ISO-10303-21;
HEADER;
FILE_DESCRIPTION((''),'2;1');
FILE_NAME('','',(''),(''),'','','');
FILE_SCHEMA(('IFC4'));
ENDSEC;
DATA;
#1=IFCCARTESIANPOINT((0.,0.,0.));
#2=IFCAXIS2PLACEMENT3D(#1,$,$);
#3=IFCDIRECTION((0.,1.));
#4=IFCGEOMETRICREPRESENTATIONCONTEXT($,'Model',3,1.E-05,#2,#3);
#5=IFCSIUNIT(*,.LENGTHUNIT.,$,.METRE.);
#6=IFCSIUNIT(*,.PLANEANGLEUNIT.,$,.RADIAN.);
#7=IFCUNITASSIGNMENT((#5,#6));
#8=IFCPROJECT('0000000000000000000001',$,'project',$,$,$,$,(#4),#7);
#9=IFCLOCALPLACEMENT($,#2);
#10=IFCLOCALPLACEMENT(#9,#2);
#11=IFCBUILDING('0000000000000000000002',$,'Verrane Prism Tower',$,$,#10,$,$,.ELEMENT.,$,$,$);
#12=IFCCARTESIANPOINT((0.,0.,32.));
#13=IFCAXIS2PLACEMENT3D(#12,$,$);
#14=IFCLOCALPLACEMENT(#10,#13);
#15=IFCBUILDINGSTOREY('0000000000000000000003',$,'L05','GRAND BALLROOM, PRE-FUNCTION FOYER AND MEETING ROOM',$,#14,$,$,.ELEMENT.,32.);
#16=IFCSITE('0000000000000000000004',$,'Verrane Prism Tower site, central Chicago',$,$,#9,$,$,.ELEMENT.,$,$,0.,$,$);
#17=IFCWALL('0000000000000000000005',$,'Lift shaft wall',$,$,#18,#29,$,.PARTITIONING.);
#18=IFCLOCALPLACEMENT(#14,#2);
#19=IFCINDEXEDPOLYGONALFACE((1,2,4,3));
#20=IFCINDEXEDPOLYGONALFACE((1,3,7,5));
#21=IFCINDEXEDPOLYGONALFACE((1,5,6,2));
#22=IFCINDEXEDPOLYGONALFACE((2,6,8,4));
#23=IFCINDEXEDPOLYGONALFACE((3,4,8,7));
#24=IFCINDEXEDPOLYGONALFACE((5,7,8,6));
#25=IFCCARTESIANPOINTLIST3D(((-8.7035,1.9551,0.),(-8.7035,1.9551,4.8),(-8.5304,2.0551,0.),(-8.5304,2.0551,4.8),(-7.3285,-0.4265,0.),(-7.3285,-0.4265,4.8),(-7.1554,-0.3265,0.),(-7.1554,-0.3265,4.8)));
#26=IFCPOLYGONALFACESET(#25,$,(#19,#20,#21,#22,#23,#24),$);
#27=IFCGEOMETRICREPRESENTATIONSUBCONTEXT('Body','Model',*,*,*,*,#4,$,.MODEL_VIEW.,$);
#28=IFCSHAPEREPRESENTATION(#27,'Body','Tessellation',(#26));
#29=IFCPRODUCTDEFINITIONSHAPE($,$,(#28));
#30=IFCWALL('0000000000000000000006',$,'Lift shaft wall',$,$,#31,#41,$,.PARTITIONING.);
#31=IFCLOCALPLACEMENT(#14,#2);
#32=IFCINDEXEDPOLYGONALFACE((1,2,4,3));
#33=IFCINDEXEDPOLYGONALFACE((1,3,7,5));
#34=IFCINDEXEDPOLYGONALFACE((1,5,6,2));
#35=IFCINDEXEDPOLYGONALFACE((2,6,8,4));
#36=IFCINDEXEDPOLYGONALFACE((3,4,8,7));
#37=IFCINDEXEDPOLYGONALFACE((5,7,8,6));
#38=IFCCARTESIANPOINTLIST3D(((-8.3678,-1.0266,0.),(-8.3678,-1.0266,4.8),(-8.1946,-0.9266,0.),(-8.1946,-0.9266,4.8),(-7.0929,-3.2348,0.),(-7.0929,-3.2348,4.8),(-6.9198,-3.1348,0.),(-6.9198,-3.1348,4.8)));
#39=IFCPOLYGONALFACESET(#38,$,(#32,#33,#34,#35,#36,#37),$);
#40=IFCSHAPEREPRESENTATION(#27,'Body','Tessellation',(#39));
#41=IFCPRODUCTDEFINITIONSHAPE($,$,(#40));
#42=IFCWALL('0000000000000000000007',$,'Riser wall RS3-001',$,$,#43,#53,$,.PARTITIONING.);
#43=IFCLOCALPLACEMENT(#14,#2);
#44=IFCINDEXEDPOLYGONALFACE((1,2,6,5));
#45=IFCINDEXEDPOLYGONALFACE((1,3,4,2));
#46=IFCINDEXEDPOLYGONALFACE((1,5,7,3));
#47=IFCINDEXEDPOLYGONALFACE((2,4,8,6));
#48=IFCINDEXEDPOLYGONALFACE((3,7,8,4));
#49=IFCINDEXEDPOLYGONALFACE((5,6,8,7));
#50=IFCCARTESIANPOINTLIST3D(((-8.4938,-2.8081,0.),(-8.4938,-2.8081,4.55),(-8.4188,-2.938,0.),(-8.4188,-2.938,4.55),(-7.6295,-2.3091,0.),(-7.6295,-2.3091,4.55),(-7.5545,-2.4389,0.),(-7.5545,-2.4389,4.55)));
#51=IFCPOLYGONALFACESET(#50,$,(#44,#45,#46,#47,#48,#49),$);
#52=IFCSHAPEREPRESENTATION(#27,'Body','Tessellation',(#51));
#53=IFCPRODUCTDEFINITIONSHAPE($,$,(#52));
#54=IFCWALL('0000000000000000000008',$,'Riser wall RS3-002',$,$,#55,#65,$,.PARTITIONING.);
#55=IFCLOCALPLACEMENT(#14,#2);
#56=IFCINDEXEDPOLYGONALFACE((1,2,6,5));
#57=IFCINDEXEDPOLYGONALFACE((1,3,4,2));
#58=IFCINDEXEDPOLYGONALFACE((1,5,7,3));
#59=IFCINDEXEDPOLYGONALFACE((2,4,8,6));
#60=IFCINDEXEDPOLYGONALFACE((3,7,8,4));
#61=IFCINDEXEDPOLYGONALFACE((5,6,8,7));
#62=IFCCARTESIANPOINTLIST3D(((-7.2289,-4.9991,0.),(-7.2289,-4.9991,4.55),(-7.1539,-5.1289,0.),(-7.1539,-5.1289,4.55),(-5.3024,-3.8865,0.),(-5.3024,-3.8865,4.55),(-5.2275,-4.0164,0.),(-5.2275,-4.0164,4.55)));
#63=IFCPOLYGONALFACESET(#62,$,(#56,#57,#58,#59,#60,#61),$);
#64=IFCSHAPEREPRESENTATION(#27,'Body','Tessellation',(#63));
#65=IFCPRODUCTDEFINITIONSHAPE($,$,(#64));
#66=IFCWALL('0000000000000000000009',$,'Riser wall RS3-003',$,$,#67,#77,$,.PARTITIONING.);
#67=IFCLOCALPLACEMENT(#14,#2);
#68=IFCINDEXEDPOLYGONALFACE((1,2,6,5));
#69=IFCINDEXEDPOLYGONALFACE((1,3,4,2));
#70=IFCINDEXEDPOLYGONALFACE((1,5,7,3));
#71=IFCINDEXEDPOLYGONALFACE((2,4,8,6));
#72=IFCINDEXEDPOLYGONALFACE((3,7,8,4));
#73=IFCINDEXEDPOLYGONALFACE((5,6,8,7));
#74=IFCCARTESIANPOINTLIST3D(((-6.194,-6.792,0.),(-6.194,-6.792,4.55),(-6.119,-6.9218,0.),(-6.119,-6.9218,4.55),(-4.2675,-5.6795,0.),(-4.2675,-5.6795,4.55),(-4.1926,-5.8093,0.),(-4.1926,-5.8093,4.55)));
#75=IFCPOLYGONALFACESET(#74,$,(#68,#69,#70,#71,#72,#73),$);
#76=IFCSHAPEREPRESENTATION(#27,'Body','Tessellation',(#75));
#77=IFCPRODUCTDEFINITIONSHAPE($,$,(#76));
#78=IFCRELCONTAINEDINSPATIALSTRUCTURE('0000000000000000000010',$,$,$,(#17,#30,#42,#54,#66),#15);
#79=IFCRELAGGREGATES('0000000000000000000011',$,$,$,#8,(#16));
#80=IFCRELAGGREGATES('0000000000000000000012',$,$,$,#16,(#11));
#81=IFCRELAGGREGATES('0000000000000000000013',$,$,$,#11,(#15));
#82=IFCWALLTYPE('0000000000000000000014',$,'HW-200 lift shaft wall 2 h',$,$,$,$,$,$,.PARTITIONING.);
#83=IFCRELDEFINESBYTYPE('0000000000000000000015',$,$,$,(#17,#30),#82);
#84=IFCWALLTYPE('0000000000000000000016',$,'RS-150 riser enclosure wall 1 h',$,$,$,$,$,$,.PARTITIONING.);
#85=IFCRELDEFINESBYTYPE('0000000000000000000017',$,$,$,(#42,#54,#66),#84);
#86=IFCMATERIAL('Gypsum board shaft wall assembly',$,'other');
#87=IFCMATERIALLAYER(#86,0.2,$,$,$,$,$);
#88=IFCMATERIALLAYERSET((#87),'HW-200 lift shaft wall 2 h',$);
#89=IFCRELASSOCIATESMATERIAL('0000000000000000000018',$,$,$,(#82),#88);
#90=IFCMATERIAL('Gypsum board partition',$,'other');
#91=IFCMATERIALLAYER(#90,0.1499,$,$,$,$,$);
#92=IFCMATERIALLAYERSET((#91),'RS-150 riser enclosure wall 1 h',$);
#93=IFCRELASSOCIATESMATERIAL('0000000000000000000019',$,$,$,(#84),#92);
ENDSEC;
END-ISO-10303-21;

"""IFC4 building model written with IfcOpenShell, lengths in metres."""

from ifc_helpers import new_model, si_unit, direction, frame, frame_2d, origin, place, context, subcontext, project, spatial, rectangle, extrude, material, layer, layer_set, type_object, element, save


model = new_model("IFC4")

# Units and contexts
model_context = context("Model", 3, precision=1e-05, world=origin(), true_north=direction((0.0, 1.0)))
body_context = subcontext(model_context, "Body", "Model", "MODEL_VIEW")
ifc_project = project(units=[si_unit("LENGTHUNIT", "METRE"), si_unit("PLANEANGLEUNIT", "RADIAN")], contexts=[model_context])

# Site, building, storey
site_placement = place(None, origin())
site = spatial("IfcSite", under=ifc_project, at=site_placement, Name="Verrane Prism Tower site, central Chicago", CompositionType="ELEMENT", RefElevation=0.0)
building_placement = place(site_placement, origin())
building = spatial("IfcBuilding", under=site, at=building_placement, Name="Verrane Prism Tower", CompositionType="ELEMENT")
storey_placement = place(building_placement, frame((0.0, 0.0, 32.0)))
storey = spatial("IfcBuildingStorey", under=building, at=storey_placement, Name="L05", Description="GRAND BALLROOM, PRE-FUNCTION FOYER AND MEETING ROOM", CompositionType="ELEMENT", Elevation=32.0)

# Walls
ifc_material_1 = material(Name="Gypsum board shaft wall assembly", Category="other")
ifc_layer_1 = layer(ifc_material_1, 0.2)
ifc_layer_set_1 = layer_set([ifc_layer_1], Name="HW-200 lift shaft wall 2 h")
wall_type_1 = type_object("IfcWallType", Name="HW-200 lift shaft wall 2 h", PredefinedType="PARTITIONING", material=ifc_layer_set_1)
wall_1_placement = place(storey_placement, frame((-7.2419, -0.3765, 0.0), z_axis=(0.0, 0.0, 1.0), x_axis=(-0.499997, 0.866027, 0.0)))
element("IfcWall", 1, at=wall_1_placement, inside=storey, type_object=wall_type_1, Name="Lift shaft wall", PredefinedType="PARTITIONING", context=body_context, shape_type="SweptSolid", body=[
    extrude(rectangle(XDim=2.75, YDim=0.2, at=frame_2d((1.375, 0.0))), origin(), (0.0, 0.0, 1.0), 4.8),
])
wall_2_placement = place(storey_placement, frame((-7.0063, -3.1848, 0.0), z_axis=(0.0, 0.0, 1.0), x_axis=(-0.49999, 0.866031, 0.0)))
element("IfcWall", 2, at=wall_2_placement, inside=storey, type_object=wall_type_1, Name="Lift shaft wall", PredefinedType="PARTITIONING", context=body_context, shape_type="SweptSolid", body=[
    extrude(rectangle(XDim=2.5498, YDim=0.2, at=frame_2d((1.2749, 0.0))), origin(), (0.0, 0.0, 1.0), 4.8),
])
ifc_material_2 = material(Name="Gypsum board partition", Category="other")
ifc_layer_2 = layer(ifc_material_2, 0.1499)
ifc_layer_set_2 = layer_set([ifc_layer_2], Name="RS-150 riser enclosure wall 1 h")
wall_type_2 = type_object("IfcWallType", Name="RS-150 riser enclosure wall 1 h", PredefinedType="PARTITIONING", material=ifc_layer_set_2)
wall_3_placement = place(storey_placement, frame((-8.4563, -2.873, 0.0), z_axis=(0.0, 0.0, 1.0), x_axis=(0.866006, 0.500033, 0.0)))
element("IfcWall", 3, at=wall_3_placement, inside=storey, type_object=wall_type_2, Name="Riser wall RS3-001", PredefinedType="PARTITIONING", context=body_context, shape_type="SweptSolid", body=[
    extrude(rectangle(XDim=0.998, YDim=0.1499, at=frame_2d((0.499, 0.0))), origin(), (0.0, 0.0, 1.0), 4.55),
])
for number, where, z_axis, x_axis, name in (
    (4, (-7.1914, -5.064, 0.0), (0.0, 0.0, 1.0), (0.865972, 0.500093, 0.0), "Riser wall RS3-002"),
    (5, (-6.1565, -6.8569, 0.0), (0.0, 0.0, 1.0), (0.865972, 0.500093, 0.0), "Riser wall RS3-003"),
):
    element("IfcWall", number, at=place(storey_placement, frame(where, z_axis=z_axis, x_axis=x_axis)), inside=storey, type_object=wall_type_2, Name=name, PredefinedType="PARTITIONING", context=body_context, shape_type="SweptSolid", body=[
        extrude(rectangle(XDim=2.2246, YDim=0.1499, at=frame_2d((1.1123, 0.0))), origin(), (0.0, 0.0, 1.0), 4.55),
    ])

save(model, "model.ifc")
